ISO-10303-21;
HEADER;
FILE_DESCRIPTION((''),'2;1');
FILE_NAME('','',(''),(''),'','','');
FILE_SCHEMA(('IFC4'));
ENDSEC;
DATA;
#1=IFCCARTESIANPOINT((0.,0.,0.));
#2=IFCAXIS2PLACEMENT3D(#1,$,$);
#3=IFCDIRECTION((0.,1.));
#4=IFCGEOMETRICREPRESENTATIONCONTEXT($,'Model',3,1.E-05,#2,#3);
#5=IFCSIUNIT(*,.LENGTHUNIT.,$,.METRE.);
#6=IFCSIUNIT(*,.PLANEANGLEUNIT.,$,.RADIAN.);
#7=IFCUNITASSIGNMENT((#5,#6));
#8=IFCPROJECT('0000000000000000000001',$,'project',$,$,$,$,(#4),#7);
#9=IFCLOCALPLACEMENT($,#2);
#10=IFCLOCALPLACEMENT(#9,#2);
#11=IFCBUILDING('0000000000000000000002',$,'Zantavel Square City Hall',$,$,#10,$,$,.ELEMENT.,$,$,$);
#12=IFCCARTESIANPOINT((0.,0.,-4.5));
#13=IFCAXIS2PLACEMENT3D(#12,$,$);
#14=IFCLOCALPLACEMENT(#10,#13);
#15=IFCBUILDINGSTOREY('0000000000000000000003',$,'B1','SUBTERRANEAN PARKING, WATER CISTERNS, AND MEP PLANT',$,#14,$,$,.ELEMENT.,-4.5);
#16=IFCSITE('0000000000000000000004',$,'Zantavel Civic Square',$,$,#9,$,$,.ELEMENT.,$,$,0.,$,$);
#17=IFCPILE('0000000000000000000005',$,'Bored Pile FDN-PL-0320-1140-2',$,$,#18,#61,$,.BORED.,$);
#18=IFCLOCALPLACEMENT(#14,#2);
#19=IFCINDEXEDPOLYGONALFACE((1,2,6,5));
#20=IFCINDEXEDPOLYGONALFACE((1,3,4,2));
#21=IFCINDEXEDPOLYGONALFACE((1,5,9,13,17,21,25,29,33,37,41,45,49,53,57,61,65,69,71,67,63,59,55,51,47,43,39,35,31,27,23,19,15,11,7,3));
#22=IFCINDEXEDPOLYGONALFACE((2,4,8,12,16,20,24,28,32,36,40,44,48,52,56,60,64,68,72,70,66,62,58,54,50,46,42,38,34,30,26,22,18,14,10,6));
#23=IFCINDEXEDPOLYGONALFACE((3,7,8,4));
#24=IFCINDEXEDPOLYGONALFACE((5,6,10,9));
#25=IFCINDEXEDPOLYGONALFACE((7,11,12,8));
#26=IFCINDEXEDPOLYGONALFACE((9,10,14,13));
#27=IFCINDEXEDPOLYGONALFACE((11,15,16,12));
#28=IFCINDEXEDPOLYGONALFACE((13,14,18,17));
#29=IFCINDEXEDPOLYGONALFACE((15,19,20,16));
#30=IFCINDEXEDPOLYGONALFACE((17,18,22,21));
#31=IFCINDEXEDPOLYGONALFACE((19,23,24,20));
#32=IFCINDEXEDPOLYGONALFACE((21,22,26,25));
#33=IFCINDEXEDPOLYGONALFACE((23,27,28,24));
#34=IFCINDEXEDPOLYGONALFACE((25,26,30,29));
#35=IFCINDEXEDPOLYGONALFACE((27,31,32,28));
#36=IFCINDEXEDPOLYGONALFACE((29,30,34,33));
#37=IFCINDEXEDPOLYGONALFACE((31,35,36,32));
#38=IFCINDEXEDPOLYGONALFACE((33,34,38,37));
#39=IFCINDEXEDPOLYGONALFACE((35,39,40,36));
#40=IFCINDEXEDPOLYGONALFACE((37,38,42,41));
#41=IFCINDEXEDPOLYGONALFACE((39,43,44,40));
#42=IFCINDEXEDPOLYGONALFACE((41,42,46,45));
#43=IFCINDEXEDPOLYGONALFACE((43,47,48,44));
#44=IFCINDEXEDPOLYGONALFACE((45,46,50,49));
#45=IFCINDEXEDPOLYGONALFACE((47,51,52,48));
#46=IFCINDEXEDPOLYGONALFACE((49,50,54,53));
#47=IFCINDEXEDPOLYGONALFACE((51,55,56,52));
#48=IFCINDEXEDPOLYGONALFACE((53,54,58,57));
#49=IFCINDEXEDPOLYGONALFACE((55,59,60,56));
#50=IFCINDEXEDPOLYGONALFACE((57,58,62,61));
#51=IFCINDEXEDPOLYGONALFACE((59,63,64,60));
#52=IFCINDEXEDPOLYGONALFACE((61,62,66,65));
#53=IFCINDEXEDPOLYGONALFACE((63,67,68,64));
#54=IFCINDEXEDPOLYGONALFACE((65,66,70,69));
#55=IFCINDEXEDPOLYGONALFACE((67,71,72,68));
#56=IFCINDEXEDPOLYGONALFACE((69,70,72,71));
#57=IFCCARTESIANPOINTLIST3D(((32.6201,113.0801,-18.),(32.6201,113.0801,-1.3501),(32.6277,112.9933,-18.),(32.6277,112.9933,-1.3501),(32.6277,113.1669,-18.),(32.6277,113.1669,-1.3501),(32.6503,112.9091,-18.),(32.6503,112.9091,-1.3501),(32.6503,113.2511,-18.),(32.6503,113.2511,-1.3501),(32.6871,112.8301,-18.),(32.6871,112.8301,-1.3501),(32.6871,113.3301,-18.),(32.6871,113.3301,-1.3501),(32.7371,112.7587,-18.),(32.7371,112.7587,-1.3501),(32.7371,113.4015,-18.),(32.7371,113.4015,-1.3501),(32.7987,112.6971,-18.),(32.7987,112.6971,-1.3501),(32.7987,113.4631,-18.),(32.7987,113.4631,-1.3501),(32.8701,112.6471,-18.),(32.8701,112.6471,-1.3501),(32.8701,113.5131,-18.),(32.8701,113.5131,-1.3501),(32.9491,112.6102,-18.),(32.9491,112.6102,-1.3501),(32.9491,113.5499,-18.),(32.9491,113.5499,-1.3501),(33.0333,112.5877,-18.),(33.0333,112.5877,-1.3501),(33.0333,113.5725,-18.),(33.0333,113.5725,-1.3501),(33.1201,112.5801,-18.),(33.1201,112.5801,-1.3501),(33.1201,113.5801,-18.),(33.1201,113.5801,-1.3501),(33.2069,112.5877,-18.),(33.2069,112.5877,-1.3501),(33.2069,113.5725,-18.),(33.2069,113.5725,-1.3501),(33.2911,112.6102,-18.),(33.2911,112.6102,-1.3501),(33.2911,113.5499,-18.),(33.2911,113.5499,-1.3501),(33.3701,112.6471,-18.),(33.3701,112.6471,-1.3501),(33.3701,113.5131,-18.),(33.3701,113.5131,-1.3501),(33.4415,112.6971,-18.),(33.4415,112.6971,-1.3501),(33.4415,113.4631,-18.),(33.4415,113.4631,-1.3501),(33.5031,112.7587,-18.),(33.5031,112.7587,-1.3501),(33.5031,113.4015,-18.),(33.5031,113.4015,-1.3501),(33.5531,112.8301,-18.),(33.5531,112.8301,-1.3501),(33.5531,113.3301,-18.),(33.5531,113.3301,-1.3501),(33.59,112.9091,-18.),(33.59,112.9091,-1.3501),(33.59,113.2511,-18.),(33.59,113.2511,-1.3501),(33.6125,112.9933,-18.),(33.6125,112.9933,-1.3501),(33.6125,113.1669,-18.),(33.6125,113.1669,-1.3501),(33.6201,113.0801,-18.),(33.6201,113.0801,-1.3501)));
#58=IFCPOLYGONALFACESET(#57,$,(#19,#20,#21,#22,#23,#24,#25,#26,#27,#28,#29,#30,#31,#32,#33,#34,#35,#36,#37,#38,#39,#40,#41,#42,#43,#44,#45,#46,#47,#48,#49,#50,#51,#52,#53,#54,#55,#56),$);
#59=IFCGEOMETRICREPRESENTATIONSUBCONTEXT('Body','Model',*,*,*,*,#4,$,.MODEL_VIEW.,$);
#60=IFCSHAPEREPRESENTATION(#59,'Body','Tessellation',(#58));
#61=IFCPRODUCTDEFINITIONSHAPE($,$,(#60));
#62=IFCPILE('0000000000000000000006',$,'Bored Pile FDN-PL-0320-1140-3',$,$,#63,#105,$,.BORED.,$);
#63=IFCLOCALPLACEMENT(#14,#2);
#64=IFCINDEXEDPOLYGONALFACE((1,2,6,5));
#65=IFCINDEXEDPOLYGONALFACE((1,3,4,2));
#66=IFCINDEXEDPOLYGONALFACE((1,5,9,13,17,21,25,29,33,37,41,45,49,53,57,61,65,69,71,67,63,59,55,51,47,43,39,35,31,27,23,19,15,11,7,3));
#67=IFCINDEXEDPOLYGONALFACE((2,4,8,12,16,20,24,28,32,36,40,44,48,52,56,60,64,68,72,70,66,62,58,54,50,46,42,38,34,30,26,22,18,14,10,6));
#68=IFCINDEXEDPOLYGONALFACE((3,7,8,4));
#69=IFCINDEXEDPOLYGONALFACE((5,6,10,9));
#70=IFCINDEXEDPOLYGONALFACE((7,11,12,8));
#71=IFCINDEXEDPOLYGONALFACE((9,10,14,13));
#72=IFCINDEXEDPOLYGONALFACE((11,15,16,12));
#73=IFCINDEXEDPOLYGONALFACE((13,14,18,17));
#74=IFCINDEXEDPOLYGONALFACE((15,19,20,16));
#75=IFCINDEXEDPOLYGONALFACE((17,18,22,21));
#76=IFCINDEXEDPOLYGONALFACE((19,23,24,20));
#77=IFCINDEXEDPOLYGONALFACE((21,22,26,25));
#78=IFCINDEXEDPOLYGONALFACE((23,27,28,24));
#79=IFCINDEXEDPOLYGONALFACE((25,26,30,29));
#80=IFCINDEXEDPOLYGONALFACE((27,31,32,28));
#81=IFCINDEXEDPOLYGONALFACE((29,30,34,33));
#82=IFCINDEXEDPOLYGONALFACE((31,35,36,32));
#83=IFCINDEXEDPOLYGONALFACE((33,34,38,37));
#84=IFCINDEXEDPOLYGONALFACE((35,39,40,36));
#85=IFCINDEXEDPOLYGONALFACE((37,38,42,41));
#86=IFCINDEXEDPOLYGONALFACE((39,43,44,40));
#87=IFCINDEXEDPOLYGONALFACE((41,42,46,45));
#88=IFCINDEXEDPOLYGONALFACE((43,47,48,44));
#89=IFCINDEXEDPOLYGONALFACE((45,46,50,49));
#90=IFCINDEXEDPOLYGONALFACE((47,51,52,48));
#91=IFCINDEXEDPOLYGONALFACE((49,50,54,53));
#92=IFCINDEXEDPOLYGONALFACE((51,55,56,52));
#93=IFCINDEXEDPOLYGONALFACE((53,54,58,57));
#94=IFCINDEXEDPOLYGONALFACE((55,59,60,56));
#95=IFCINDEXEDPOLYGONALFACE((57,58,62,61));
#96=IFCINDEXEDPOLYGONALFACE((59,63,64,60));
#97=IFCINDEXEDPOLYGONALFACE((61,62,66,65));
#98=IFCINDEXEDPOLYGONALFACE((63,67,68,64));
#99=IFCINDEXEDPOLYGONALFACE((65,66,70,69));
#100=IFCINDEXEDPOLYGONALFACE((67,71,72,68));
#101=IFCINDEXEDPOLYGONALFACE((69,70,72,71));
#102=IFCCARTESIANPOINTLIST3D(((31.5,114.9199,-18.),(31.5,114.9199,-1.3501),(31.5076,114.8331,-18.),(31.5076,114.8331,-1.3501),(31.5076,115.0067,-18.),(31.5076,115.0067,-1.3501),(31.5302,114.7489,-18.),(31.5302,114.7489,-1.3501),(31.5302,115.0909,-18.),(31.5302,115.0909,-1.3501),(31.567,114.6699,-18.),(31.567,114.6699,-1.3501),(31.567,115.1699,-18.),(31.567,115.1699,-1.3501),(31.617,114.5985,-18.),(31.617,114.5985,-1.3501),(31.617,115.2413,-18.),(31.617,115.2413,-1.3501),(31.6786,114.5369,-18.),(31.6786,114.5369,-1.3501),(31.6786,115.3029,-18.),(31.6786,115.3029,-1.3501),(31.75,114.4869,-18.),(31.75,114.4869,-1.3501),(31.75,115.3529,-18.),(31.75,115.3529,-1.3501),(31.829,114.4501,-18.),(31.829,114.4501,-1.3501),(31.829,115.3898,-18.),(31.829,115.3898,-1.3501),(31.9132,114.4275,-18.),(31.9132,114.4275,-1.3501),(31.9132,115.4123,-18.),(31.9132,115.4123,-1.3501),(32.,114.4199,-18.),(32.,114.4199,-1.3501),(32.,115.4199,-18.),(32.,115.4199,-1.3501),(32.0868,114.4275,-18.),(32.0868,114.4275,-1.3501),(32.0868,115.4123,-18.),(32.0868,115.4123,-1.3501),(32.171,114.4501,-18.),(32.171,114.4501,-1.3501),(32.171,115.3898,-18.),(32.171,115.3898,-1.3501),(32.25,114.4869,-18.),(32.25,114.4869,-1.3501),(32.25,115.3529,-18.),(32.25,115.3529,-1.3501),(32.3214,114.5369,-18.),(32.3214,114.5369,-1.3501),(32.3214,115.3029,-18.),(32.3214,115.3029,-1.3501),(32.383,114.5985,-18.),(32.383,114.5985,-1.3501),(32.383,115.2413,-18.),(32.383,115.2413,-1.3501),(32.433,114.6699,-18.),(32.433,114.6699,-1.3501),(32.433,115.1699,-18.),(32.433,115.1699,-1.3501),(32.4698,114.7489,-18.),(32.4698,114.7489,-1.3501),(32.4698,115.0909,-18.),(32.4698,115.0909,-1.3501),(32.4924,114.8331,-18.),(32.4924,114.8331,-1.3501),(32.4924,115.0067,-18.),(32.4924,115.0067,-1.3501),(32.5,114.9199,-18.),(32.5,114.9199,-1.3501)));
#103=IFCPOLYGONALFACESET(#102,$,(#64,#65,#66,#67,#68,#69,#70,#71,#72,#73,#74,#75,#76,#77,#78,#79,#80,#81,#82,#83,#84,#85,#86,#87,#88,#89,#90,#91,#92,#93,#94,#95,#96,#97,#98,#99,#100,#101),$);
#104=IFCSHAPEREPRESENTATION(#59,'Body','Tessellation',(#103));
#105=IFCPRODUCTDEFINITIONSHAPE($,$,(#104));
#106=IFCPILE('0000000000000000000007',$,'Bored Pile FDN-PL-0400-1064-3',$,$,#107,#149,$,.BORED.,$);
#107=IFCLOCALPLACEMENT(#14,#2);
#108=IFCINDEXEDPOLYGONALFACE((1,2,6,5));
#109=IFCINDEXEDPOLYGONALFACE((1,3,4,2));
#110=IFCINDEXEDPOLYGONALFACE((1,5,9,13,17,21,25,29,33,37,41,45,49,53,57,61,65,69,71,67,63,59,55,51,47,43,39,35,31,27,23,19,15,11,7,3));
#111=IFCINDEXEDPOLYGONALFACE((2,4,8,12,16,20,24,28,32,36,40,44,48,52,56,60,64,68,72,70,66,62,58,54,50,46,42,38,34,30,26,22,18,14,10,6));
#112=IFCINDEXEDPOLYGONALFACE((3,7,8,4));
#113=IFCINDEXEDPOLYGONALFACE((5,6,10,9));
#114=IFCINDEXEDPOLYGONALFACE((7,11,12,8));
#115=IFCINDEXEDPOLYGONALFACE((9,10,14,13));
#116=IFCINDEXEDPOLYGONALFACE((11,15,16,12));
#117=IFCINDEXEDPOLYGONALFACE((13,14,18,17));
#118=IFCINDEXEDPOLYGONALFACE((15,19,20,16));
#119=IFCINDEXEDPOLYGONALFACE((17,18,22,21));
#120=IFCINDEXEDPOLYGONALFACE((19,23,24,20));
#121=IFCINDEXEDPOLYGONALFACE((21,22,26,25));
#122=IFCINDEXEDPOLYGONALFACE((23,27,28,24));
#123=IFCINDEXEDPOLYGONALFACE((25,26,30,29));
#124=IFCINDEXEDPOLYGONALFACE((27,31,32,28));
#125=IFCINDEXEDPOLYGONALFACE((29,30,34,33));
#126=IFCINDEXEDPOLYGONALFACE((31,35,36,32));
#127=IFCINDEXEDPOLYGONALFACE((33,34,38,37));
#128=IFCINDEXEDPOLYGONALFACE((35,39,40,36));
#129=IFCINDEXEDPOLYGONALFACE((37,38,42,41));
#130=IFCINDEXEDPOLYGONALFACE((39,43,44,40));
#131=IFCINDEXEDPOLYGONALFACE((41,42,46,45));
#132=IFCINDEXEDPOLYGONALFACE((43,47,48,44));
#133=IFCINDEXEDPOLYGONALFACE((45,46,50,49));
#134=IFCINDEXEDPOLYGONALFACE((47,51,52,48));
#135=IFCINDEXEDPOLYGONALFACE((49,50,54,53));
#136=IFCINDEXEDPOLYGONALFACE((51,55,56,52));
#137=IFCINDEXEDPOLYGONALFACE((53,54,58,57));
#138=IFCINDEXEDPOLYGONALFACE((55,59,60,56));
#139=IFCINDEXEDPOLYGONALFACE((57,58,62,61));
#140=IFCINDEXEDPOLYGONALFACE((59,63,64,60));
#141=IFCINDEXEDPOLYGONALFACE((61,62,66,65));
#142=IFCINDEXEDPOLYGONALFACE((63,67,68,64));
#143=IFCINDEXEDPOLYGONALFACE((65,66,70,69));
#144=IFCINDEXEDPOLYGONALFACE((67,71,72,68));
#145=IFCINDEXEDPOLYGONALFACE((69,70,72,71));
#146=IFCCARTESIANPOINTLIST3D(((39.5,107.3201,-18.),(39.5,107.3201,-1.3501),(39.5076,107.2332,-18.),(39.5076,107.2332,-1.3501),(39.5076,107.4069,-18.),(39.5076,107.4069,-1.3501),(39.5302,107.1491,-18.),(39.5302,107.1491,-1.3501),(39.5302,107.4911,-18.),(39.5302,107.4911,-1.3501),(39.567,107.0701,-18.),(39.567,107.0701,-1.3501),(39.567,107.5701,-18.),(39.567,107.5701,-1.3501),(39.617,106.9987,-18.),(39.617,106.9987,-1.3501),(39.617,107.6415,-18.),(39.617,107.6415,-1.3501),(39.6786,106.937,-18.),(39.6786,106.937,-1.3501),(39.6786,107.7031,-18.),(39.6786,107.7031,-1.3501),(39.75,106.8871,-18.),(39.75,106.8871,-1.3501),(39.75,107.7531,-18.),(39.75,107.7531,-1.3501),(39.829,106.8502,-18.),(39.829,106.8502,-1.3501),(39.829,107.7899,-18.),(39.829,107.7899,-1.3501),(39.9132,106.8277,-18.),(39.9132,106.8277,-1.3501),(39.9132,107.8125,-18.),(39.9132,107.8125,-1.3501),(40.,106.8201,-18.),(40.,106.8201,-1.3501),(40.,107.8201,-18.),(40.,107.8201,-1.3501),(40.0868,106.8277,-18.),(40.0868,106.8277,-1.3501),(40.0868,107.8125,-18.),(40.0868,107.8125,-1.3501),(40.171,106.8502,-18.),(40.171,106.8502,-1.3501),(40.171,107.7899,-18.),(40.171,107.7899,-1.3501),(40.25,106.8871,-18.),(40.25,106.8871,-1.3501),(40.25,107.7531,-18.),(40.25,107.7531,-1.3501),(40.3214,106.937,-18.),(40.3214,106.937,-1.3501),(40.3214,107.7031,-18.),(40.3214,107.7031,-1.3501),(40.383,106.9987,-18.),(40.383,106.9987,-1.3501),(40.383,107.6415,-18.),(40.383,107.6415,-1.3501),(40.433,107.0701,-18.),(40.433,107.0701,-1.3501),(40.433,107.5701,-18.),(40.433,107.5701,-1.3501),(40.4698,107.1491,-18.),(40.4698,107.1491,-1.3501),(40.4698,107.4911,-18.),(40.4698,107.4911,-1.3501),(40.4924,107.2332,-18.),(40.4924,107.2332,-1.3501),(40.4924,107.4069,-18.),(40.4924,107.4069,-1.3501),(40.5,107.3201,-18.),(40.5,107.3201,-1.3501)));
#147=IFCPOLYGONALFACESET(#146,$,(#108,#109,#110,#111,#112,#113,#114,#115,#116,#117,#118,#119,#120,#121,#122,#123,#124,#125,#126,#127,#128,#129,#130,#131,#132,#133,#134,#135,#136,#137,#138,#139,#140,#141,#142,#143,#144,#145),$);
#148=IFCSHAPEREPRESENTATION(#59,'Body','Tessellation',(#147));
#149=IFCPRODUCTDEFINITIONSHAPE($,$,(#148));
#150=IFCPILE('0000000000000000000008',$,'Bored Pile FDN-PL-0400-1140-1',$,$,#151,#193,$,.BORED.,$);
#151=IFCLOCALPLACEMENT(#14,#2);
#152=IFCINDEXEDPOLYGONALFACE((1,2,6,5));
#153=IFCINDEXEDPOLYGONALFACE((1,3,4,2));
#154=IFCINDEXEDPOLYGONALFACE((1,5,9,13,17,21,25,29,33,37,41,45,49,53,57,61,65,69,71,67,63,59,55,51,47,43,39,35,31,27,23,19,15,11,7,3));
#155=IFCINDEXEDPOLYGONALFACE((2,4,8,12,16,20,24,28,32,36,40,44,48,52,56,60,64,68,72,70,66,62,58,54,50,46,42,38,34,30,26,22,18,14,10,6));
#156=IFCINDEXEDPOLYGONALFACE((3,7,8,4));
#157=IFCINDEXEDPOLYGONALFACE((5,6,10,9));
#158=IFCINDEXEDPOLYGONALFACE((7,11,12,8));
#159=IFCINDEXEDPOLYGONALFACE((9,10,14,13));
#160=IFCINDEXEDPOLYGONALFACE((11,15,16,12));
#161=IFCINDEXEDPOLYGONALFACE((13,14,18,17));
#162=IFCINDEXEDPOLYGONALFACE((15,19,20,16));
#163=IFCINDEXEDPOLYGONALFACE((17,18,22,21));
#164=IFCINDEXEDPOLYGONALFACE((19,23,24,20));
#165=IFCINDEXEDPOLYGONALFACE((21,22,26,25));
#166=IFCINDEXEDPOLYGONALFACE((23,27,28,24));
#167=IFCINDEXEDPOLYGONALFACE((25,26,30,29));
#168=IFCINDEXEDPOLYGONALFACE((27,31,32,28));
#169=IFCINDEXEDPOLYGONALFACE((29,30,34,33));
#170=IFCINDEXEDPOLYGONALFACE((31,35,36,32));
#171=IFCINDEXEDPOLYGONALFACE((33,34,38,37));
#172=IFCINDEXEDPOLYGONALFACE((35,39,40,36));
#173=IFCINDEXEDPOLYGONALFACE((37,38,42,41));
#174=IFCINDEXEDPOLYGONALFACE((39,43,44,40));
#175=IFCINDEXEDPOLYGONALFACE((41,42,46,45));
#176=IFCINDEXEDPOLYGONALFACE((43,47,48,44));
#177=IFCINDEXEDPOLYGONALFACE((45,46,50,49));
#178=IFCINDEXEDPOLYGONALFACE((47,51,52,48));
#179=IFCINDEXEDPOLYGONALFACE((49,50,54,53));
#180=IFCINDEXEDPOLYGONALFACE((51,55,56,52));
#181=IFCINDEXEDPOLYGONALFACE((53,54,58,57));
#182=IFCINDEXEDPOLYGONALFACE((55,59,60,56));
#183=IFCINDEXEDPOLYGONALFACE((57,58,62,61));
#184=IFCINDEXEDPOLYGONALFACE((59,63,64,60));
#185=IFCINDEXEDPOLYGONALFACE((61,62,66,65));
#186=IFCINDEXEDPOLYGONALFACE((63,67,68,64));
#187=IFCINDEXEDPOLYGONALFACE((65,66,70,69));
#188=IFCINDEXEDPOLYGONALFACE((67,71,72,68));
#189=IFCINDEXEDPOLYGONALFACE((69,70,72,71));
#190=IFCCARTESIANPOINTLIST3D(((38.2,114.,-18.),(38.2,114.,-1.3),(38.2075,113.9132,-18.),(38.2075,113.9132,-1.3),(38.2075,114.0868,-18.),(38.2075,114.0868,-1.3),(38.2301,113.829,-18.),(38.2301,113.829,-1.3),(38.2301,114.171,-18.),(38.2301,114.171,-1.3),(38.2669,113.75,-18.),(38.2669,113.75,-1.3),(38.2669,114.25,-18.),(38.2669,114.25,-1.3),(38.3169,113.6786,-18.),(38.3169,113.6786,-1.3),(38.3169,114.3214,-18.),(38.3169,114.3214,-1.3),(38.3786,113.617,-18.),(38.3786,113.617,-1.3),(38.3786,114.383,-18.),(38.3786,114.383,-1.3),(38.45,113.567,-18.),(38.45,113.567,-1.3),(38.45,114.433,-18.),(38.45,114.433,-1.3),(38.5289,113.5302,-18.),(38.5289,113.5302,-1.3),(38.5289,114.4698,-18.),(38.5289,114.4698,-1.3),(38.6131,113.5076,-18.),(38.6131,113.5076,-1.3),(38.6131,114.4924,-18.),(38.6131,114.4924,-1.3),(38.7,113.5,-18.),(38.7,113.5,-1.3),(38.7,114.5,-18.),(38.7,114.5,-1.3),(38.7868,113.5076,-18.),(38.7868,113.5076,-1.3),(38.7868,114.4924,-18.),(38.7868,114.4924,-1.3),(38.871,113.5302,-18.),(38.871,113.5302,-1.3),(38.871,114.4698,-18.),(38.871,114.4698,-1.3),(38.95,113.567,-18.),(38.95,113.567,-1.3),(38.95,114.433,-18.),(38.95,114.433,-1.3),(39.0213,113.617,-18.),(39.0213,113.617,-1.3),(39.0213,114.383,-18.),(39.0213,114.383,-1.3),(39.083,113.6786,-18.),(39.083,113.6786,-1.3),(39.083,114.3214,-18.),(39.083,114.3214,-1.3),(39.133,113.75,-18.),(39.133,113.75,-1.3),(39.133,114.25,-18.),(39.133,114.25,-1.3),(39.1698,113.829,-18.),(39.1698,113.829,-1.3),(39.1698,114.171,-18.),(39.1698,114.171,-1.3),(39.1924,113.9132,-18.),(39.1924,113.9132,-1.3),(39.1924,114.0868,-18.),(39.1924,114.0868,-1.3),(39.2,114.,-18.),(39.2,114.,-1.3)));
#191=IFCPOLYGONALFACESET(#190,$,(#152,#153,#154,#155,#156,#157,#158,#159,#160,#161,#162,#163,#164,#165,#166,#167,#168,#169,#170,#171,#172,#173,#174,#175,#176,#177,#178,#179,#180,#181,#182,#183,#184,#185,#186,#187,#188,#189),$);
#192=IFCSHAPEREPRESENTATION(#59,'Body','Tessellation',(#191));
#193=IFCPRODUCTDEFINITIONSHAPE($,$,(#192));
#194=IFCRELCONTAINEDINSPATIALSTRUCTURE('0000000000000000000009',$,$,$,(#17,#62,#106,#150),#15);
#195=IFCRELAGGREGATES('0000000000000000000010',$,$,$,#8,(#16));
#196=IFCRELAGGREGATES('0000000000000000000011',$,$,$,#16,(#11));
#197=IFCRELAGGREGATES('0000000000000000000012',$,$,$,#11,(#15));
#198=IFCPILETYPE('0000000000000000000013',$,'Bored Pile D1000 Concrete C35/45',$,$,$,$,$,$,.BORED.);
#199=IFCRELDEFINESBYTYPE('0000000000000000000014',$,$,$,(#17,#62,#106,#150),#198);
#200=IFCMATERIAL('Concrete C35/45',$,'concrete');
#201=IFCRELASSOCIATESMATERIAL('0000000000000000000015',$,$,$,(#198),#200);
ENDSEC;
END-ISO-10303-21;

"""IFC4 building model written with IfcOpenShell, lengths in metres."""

from ifc_helpers import new_model, si_unit, direction, frame, origin, origin_2d, place, context, subcontext, project, spatial, circle, extrude, material, material_profile, profile_set, type_object, element, save


model = new_model("IFC4")

# Units and contexts
model_context = context("Model", 3, precision=1e-05, world=origin(), true_north=direction((0.0, 1.0)))
body_context = subcontext(model_context, "Body", "Model", "MODEL_VIEW")
ifc_project = project(units=[si_unit("LENGTHUNIT", "METRE"), si_unit("PLANEANGLEUNIT", "RADIAN")], contexts=[model_context])

# Site, building, storey
site_placement = place(None, origin())
site = spatial("IfcSite", under=ifc_project, at=site_placement, Name="Zantavel Civic Square", CompositionType="ELEMENT", RefElevation=0.0)
building_placement = place(site_placement, origin())
building = spatial("IfcBuilding", under=site, at=building_placement, Name="Zantavel Square City Hall", CompositionType="ELEMENT")
storey_placement = place(building_placement, frame((0.0, 0.0, -4.5)))
storey = spatial("IfcBuildingStorey", under=building, at=storey_placement, Name="B1", Description="SUBTERRANEAN PARKING, WATER CISTERNS, AND MEP PLANT", CompositionType="ELEMENT", Elevation=-4.5)

# Piles
ifc_material_1 = material(Name="Concrete C35/45", Category="concrete")
ifc_material_profile_1 = material_profile(ifc_material_1, circle(Radius=0.5, at=origin_2d()), Name="PILE D1000")
ifc_profile_set_1 = profile_set([ifc_material_profile_1], Name="Concrete C35/45")
pile_type_1 = type_object("IfcPileType", Name="Bored Pile D1000 Concrete C35/45", PredefinedType="BORED", material=ifc_profile_set_1)
for number, where, z_axis, x_axis, name in (
    (1, (33.1201, 113.0801, -1.3501), (0.0, 0.0, -1.0), (1.0, 0.0, 0.0), "Bored Pile FDN-PL-0320-1140-2"),
    (2, (32.0, 114.9199, -1.3501), (0.0, 0.0, -1.0), (1.0, 0.0, 0.0), "Bored Pile FDN-PL-0320-1140-3"),
    (3, (40.0, 107.3201, -1.3501), (0.0, 0.0, -1.0), (1.0, 0.0, 0.0), "Bored Pile FDN-PL-0400-1064-3"),
):
    element("IfcPile", number, at=place(storey_placement, frame(where, z_axis=z_axis, x_axis=x_axis)), inside=storey, type_object=pile_type_1, Name=name, PredefinedType="BORED", context=body_context, shape_type="SweptSolid", body=[
        extrude(circle(Radius=0.5, at=origin_2d()), origin(), (0.0, 0.0, 1.0), 16.6499),
    ])
for number, where, z_axis, x_axis, name in (
    (4, (38.7, 114.0, -1.3), (0.0, 0.0, -1.0), (1.0, 0.0, 0.0), "Bored Pile FDN-PL-0400-1140-1"),
):
    element("IfcPile", number, at=place(storey_placement, frame(where, z_axis=z_axis, x_axis=x_axis)), inside=storey, type_object=pile_type_1, Name=name, PredefinedType="BORED", context=body_context, shape_type="SweptSolid", body=[
        extrude(circle(Radius=0.5, at=origin_2d()), origin(), (0.0, 0.0, 1.0), 16.7),
    ])

save(model, "model.ifc")
